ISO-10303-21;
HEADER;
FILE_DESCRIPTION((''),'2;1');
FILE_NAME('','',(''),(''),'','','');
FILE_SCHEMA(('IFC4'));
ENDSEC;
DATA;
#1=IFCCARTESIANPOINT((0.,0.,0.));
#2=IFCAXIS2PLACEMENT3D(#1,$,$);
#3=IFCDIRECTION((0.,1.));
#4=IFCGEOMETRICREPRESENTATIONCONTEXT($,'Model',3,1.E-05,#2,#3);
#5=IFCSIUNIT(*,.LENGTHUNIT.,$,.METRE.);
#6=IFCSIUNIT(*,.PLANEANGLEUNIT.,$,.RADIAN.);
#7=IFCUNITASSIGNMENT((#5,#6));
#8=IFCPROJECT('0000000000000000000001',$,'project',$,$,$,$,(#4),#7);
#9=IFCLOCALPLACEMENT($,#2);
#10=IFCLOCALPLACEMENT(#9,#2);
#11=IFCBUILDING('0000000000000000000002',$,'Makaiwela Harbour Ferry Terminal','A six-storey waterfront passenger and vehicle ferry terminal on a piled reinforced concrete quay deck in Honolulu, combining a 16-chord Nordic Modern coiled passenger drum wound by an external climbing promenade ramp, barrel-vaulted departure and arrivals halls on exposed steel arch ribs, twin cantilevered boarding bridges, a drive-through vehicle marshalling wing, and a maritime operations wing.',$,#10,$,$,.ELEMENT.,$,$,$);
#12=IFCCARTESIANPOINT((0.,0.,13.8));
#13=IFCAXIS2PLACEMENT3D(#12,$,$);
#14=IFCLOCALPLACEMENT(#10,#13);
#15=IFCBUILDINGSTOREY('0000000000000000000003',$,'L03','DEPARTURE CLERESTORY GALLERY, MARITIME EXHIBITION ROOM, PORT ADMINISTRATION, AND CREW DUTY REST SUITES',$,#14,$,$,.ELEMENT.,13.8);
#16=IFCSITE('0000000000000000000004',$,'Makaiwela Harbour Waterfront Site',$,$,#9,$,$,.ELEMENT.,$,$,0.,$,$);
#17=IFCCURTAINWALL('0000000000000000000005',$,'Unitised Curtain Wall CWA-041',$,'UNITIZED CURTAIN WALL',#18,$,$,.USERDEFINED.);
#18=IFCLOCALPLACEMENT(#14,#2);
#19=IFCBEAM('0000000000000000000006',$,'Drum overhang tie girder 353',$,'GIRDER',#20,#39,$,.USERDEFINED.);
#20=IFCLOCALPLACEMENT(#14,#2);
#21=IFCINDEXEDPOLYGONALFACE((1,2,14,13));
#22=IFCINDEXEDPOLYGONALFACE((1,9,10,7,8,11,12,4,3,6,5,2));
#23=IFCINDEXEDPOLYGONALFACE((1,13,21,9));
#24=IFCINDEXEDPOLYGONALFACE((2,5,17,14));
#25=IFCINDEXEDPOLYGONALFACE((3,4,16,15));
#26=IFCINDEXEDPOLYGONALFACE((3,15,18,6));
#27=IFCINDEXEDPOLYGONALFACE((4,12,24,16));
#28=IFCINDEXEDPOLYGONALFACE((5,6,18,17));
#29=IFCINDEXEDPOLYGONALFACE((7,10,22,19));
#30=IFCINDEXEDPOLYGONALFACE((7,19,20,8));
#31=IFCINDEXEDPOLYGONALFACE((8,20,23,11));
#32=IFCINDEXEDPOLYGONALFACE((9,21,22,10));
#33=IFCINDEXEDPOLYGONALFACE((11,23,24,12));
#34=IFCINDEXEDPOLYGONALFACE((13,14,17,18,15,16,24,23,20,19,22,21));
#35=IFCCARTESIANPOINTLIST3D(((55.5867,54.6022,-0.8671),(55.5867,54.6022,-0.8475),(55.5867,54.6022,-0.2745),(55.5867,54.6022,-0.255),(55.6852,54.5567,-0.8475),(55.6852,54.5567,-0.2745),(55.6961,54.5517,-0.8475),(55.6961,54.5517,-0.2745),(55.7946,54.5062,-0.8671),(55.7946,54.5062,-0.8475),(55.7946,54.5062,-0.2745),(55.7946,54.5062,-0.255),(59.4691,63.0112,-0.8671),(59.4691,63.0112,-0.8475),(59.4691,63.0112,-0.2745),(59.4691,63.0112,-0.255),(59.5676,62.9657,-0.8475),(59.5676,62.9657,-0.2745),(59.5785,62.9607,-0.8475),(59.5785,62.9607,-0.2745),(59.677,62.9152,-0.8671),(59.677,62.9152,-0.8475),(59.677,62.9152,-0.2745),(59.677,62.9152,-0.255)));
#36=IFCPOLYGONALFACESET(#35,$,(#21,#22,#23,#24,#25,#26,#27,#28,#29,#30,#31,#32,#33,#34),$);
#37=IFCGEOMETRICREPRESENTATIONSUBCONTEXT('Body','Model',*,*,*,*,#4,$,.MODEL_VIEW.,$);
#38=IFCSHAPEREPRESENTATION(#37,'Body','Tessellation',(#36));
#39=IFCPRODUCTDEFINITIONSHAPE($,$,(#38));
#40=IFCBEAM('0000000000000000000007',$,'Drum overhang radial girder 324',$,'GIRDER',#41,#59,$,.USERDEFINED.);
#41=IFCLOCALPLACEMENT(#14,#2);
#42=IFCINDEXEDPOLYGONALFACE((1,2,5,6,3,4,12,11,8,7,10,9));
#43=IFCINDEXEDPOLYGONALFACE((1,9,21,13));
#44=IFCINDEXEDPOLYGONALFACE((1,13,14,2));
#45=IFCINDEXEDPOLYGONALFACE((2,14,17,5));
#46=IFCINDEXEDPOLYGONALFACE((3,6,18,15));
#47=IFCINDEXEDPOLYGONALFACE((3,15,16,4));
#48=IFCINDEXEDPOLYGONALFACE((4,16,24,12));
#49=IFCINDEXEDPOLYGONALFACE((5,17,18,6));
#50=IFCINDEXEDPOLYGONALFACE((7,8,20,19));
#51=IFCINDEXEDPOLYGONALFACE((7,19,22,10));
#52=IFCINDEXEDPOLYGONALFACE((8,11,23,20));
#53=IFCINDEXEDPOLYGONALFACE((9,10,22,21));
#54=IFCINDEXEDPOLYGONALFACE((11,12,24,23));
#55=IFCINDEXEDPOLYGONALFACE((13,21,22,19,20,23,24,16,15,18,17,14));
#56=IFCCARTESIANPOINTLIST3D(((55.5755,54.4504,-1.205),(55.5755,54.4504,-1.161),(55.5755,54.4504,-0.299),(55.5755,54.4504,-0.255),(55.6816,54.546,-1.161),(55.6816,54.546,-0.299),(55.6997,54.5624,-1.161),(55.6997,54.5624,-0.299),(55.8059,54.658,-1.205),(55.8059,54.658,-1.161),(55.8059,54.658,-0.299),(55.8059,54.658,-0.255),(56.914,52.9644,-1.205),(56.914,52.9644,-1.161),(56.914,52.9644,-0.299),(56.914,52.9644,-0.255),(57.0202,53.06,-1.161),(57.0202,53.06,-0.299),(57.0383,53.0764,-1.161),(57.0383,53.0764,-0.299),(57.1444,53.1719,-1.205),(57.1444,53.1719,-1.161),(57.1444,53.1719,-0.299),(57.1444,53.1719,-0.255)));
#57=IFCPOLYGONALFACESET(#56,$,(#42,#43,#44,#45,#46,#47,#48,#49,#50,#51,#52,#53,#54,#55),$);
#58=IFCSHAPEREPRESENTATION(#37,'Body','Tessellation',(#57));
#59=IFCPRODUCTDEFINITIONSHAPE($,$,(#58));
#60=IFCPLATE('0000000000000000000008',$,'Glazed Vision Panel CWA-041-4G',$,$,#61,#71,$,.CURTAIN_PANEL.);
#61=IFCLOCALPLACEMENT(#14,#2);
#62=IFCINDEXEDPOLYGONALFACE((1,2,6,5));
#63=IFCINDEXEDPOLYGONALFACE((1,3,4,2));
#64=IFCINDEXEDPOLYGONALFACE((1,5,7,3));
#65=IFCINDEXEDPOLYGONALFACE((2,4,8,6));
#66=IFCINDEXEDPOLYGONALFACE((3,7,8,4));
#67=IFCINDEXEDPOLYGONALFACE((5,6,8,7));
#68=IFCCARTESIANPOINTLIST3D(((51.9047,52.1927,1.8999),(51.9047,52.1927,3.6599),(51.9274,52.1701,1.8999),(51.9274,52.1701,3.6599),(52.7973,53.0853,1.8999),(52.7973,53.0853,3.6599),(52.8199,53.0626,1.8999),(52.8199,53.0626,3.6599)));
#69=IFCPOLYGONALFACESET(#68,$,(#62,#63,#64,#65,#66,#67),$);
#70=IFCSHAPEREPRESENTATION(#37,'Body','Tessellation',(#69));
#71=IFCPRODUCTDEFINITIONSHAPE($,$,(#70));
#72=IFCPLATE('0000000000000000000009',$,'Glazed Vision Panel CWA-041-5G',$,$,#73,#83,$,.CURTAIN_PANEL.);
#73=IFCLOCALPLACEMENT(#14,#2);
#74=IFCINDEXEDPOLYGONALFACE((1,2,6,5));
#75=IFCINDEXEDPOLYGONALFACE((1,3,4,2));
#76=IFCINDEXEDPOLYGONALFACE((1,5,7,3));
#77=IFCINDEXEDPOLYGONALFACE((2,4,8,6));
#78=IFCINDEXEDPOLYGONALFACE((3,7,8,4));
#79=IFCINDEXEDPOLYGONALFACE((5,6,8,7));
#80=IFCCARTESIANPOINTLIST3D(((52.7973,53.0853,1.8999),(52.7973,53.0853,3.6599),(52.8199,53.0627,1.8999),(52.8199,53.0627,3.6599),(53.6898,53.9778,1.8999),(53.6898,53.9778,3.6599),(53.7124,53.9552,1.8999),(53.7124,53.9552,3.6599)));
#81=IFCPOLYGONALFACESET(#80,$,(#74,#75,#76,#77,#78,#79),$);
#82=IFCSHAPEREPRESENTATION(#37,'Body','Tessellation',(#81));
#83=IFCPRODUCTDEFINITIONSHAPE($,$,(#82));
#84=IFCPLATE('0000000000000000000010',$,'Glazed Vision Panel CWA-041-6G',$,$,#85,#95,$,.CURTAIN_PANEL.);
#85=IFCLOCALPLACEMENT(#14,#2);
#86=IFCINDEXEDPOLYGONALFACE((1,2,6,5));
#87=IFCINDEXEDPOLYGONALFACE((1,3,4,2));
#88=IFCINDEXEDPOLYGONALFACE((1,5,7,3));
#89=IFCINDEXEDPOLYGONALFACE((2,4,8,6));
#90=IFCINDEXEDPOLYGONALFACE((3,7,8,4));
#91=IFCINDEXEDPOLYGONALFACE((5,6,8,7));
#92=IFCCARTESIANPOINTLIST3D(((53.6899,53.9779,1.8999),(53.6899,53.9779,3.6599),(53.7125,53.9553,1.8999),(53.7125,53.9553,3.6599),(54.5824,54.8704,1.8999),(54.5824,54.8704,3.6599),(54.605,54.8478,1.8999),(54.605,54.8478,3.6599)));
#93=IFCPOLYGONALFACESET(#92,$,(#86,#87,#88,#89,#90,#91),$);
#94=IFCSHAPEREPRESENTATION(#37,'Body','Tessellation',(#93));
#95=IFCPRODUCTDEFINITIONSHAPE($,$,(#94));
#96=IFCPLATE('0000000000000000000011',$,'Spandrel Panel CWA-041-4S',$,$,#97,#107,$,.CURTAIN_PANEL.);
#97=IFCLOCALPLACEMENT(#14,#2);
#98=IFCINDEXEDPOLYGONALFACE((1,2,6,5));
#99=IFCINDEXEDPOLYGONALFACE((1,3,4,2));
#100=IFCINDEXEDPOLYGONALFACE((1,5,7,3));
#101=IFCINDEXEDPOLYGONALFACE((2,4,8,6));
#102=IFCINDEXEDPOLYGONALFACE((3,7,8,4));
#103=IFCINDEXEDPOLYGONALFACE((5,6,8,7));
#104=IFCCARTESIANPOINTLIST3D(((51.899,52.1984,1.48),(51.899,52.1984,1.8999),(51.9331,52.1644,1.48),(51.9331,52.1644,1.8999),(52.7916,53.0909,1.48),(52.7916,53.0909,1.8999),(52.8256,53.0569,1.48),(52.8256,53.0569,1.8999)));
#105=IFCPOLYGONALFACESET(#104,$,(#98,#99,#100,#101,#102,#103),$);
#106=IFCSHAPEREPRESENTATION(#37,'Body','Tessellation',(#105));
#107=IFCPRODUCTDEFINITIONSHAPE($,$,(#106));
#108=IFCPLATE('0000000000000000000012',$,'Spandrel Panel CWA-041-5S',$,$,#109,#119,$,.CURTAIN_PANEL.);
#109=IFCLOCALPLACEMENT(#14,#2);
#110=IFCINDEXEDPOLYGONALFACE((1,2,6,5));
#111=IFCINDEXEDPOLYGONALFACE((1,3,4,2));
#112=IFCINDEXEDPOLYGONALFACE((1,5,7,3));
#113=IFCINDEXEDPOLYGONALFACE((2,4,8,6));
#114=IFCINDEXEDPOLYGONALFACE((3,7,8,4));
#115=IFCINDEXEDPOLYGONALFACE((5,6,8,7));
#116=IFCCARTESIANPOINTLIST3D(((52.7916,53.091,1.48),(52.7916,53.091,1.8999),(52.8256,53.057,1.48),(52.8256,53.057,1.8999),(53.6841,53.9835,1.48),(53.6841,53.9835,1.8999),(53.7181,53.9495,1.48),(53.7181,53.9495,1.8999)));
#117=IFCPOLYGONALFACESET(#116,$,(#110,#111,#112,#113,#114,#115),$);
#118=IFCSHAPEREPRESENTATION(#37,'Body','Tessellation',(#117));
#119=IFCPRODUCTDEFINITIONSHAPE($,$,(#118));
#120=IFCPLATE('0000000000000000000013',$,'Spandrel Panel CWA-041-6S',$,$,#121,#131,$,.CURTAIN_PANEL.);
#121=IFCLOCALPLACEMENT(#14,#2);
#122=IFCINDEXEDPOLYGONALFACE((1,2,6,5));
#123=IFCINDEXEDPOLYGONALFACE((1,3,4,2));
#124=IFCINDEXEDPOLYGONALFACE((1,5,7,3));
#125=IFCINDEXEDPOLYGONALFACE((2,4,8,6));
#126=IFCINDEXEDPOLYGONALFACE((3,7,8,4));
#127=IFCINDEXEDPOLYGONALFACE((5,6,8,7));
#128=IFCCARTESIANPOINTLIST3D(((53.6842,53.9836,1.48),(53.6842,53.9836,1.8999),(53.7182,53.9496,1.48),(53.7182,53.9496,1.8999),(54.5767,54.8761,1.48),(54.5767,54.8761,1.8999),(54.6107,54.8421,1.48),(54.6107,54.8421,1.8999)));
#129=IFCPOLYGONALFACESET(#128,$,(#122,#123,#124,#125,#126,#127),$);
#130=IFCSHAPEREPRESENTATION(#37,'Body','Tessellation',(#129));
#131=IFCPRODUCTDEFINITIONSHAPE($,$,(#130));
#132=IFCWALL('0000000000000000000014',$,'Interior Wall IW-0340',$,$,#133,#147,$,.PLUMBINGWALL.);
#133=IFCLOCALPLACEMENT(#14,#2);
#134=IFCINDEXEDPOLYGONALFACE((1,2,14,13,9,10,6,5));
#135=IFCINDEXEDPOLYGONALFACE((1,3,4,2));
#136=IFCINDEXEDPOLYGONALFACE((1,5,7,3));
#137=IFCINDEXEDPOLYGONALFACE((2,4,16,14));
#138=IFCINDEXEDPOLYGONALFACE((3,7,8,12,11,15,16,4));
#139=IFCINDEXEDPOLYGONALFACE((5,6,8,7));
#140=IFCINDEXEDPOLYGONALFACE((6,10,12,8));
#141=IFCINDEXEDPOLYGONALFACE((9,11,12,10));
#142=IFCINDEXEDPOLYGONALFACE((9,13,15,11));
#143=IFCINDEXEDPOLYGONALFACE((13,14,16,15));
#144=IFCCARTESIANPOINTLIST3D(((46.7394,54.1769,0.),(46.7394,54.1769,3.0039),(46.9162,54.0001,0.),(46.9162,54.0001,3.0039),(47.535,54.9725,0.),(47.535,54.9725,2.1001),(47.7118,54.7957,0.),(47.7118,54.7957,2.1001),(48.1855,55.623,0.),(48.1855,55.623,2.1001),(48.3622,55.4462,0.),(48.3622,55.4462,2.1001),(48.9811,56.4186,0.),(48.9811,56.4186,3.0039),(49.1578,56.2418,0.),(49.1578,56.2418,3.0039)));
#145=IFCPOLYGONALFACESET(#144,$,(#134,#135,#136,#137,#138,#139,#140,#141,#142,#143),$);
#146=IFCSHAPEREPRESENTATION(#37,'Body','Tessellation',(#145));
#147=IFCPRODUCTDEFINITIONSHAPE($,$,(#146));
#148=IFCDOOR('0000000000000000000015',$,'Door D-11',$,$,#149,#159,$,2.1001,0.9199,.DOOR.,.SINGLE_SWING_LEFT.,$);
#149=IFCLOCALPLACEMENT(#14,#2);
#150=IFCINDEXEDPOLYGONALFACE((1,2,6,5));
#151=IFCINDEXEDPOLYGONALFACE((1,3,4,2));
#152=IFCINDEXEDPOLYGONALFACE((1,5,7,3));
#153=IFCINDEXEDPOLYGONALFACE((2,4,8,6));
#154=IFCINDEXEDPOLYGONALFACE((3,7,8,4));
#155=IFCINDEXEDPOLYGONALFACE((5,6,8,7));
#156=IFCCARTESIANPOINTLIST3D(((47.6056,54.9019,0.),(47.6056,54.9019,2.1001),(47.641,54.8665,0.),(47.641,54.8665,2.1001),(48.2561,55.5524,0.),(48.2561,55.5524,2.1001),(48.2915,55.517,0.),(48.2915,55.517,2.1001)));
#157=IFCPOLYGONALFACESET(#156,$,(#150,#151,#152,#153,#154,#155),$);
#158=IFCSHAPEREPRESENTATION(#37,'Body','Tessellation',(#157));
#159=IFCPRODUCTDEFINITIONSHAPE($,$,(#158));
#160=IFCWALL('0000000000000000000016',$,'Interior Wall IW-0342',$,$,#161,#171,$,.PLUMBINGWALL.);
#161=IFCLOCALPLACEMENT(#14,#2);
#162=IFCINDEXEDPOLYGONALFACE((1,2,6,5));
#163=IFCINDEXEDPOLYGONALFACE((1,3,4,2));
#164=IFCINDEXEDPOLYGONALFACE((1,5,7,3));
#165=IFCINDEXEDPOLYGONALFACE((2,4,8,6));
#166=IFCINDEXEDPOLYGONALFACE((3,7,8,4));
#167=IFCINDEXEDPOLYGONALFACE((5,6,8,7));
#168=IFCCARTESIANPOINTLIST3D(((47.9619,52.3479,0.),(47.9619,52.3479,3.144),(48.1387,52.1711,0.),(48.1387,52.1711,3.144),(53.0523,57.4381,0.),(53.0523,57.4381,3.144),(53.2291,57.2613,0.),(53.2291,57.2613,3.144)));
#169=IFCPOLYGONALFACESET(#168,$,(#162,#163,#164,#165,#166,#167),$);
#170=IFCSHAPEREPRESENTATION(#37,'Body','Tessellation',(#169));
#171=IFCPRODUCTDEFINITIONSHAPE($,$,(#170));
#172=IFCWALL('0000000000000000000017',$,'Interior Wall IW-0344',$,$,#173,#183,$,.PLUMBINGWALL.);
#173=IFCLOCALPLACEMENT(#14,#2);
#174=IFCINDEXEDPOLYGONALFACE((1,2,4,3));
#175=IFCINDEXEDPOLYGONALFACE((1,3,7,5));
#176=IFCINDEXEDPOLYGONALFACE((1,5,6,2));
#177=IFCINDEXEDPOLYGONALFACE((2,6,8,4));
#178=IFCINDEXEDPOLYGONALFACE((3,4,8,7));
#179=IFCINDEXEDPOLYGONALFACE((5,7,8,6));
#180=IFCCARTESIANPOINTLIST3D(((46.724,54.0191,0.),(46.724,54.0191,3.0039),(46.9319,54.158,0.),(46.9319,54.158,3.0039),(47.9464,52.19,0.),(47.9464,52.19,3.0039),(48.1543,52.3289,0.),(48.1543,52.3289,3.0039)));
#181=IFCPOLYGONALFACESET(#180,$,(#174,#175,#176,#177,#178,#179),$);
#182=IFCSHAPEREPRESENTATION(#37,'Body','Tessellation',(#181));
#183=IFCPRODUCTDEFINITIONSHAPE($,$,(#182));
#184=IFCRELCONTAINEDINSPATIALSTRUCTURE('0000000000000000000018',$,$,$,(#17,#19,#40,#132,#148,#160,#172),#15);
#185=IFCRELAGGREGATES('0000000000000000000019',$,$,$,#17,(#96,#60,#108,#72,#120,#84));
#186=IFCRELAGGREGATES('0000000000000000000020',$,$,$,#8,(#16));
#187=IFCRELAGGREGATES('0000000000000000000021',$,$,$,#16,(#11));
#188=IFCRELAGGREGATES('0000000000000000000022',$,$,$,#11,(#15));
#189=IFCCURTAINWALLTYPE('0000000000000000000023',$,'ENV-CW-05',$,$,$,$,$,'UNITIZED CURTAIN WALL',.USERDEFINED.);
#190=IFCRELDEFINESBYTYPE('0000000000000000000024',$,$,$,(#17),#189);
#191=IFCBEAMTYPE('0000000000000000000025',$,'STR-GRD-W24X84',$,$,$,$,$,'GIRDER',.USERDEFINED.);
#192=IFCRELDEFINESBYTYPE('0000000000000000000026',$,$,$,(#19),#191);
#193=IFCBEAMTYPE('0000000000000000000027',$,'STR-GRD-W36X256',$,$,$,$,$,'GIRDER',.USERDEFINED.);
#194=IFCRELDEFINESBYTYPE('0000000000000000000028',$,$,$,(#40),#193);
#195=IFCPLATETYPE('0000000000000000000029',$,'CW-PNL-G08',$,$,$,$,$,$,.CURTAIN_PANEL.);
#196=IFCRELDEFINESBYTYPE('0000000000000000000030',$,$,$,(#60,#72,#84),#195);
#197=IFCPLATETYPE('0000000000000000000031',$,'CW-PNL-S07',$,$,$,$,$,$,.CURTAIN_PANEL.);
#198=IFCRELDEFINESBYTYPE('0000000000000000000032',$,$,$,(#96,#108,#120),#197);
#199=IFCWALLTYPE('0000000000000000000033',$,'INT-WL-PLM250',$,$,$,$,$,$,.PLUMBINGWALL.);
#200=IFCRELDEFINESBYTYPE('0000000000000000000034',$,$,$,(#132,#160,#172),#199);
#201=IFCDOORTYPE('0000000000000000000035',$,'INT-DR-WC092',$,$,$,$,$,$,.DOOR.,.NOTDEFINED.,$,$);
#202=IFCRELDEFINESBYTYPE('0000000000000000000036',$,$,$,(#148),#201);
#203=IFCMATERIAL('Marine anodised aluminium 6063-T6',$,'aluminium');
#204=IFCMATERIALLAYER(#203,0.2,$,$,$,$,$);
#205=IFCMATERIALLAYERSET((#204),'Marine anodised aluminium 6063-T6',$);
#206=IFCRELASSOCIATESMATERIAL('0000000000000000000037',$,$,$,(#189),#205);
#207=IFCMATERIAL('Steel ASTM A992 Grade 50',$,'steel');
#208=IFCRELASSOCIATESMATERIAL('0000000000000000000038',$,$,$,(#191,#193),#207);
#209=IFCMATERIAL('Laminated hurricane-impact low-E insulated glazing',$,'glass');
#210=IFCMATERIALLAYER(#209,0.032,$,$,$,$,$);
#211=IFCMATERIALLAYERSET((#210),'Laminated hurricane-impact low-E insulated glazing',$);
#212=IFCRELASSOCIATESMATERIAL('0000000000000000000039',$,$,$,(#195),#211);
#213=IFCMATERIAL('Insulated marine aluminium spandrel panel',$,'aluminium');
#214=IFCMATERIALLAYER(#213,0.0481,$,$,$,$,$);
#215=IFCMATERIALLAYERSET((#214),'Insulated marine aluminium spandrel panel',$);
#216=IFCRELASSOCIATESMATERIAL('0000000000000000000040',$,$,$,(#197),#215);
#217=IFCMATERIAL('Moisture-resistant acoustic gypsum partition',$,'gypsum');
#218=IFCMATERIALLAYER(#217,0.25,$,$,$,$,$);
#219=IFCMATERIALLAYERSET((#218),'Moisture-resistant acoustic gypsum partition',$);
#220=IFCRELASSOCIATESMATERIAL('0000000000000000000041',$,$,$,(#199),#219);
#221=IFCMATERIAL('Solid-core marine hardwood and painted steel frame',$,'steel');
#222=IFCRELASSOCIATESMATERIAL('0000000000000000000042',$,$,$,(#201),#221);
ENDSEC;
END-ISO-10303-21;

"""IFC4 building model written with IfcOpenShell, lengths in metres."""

from ifc_helpers import new_model, si_unit, direction, frame, frame_2d, origin, origin_2d, place, context, subcontext, project, spatial, rectangle, i_section, extrude, material, layer, layer_set, material_profile, profile_set, type_object, element, fill, aggregate, save


model = new_model("IFC4")

# Units and contexts
model_context = context("Model", 3, precision=1e-05, world=origin(), true_north=direction((0.0, 1.0)))
body_context = subcontext(model_context, "Body", "Model", "MODEL_VIEW")
ifc_project = project(units=[si_unit("LENGTHUNIT", "METRE"), si_unit("PLANEANGLEUNIT", "RADIAN")], contexts=[model_context])

# Site, building, storey
site_placement = place(None, origin())
site = spatial("IfcSite", under=ifc_project, at=site_placement, Name="Makaiwela Harbour Waterfront Site", CompositionType="ELEMENT", RefElevation=0.0)
building_placement = place(site_placement, origin())
building = spatial("IfcBuilding", under=site, at=building_placement, Name="Makaiwela Harbour Ferry Terminal", Description="A six-storey waterfront passenger and vehicle ferry terminal on a piled reinforced concrete quay deck in Honolulu, combining a 16-chord Nordic Modern coiled passenger drum wound by an external climbing promenade ramp, barrel-vaulted departure and arrivals halls on exposed steel arch ribs, twin cantilevered boarding bridges, a drive-through vehicle marshalling wing, and a maritime operations wing.", CompositionType="ELEMENT")
storey_placement = place(building_placement, frame((0.0, 0.0, 13.8)))
storey = spatial("IfcBuildingStorey", under=building, at=storey_placement, Name="L03", Description="DEPARTURE CLERESTORY GALLERY, MARITIME EXHIBITION ROOM, PORT ADMINISTRATION, AND CREW DUTY REST SUITES", CompositionType="ELEMENT", Elevation=13.8)

# Curtain wall
ifc_material_1 = material(Name="Marine anodised aluminium 6063-T6", Category="aluminium")
ifc_layer_1 = layer(ifc_material_1, 0.2)
ifc_layer_set_1 = layer_set([ifc_layer_1], Name="Marine anodised aluminium 6063-T6")
curtain_wall_type = type_object("IfcCurtainWallType", Name="ENV-CW-05", ElementType="UNITIZED CURTAIN WALL", PredefinedType="USERDEFINED", material=ifc_layer_set_1)
curtain_wall_placement = place(storey_placement, origin())
curtain_wall = element("IfcCurtainWall", 1, at=curtain_wall_placement, inside=storey, type_object=curtain_wall_type, Name="Unitised Curtain Wall CWA-041", ObjectType="UNITIZED CURTAIN WALL", PredefinedType="USERDEFINED")

# Beams
ifc_material_2 = material(Name="Steel ASTM A992 Grade 50", Category="steel")
ifc_material_profile_1 = material_profile(ifc_material_2, i_section(OverallWidth=0.229, OverallDepth=0.6121, WebThickness=0.012, FlangeThickness=0.0195, at=origin_2d()), Name="W24X84")
ifc_profile_set_1 = profile_set([ifc_material_profile_1], Name="Steel ASTM A992 Grade 50")
beam_type_1 = type_object("IfcBeamType", Name="STR-GRD-W24X84", ElementType="GIRDER", PredefinedType="USERDEFINED", material=ifc_profile_set_1)
beam_1_placement = place(storey_placement, frame((55.6907, 54.5542, -0.561), z_axis=(0.419172, 0.907907, 0.0), x_axis=(-0.907907, 0.419172, 0.0)))
element("IfcBeam", 2, at=beam_1_placement, inside=storey, type_object=beam_type_1, Name="Drum overhang tie girder 353", ObjectType="GIRDER", PredefinedType="USERDEFINED", context=body_context, shape_type="SweptSolid", body=[
    extrude(i_section(OverallWidth=0.229, OverallDepth=0.6121, WebThickness=0.012, FlangeThickness=0.0195, at=origin_2d()), origin(), (0.0, 0.0, 1.0), 9.262),
])
ifc_material_profile_2 = material_profile(ifc_material_2, i_section(OverallWidth=0.3101, OverallDepth=0.95, WebThickness=0.0244, FlangeThickness=0.0439, at=origin_2d()), Name="W36X256")
ifc_profile_set_2 = profile_set([ifc_material_profile_2], Name="Steel ASTM A992 Grade 50")
beam_type_2 = type_object("IfcBeamType", Name="STR-GRD-W36X256", ElementType="GIRDER", PredefinedType="USERDEFINED", material=ifc_profile_set_2)
beam_2_placement = place(storey_placement, frame((55.6907, 54.5542, -0.73), z_axis=(0.669282, -0.743009, 0.0), x_axis=(0.743009, 0.669282, 0.0)))
element("IfcBeam", 3, at=beam_2_placement, inside=storey, type_object=beam_type_2, Name="Drum overhang radial girder 324", ObjectType="GIRDER", PredefinedType="USERDEFINED", context=body_context, shape_type="SweptSolid", body=[
    extrude(i_section(OverallWidth=0.3101, OverallDepth=0.95, WebThickness=0.0244, FlangeThickness=0.0439, at=origin_2d()), origin(), (0.0, 0.0, 1.0), 2.0),
])

# Plates
ifc_material_3 = material(Name="Laminated hurricane-impact low-E insulated glazing", Category="glass")
ifc_layer_2 = layer(ifc_material_3, 0.032)
ifc_layer_set_2 = layer_set([ifc_layer_2], Name="Laminated hurricane-impact low-E insulated glazing")
plate_type_1 = type_object("IfcPlateType", Name="CW-PNL-G08", PredefinedType="CURTAIN_PANEL", material=ifc_layer_set_2)
plate_1_placement = place(storey_placement, frame((52.3623, 52.6277, 1.8999), z_axis=(0.0, 0.0, 1.0), x_axis=(0.707107, 0.707107, 0.0)))
plate_1 = element("IfcPlate", 4, at=plate_1_placement, type_object=plate_type_1, Name="Glazed Vision Panel CWA-041-4G", PredefinedType="CURTAIN_PANEL", context=body_context, shape_type="SweptSolid", body=[
    extrude(rectangle(XDim=1.2622, YDim=0.032, at=origin_2d()), origin(), (0.0, 0.0, 1.0), 1.76),
])
plate_2_placement = place(storey_placement, frame((53.2549, 53.5203, 1.8999), z_axis=(0.0, 0.0, 1.0), x_axis=(0.707107, 0.707107, 0.0)))
plate_2 = element("IfcPlate", 5, at=plate_2_placement, type_object=plate_type_1, Name="Glazed Vision Panel CWA-041-5G", PredefinedType="CURTAIN_PANEL", context=body_context, shape_type="SweptSolid", body=[
    extrude(rectangle(XDim=1.2622, YDim=0.032, at=origin_2d()), origin(), (0.0, 0.0, 1.0), 1.76),
])
plate_3_placement = place(storey_placement, frame((54.1475, 54.4128, 1.8999), z_axis=(0.0, 0.0, 1.0), x_axis=(0.707107, 0.707107, 0.0)))
plate_3 = element("IfcPlate", 6, at=plate_3_placement, type_object=plate_type_1, Name="Glazed Vision Panel CWA-041-6G", PredefinedType="CURTAIN_PANEL", context=body_context, shape_type="SweptSolid", body=[
    extrude(rectangle(XDim=1.2622, YDim=0.032, at=origin_2d()), origin(), (0.0, 0.0, 1.0), 1.76),
])
ifc_material_4 = material(Name="Insulated marine aluminium spandrel panel", Category="aluminium")
ifc_layer_3 = layer(ifc_material_4, 0.0481)
ifc_layer_set_3 = layer_set([ifc_layer_3], Name="Insulated marine aluminium spandrel panel")
plate_type_2 = type_object("IfcPlateType", Name="CW-PNL-S07", PredefinedType="CURTAIN_PANEL", material=ifc_layer_set_3)
plate_4_placement = place(storey_placement, frame((52.3623, 52.6277, 1.48), z_axis=(0.0, 0.0, 1.0), x_axis=(0.707107, 0.707107, 0.0)))
plate_4 = element("IfcPlate", 7, at=plate_4_placement, type_object=plate_type_2, Name="Spandrel Panel CWA-041-4S", PredefinedType="CURTAIN_PANEL", context=body_context, shape_type="SweptSolid", body=[
    extrude(rectangle(XDim=1.2622, YDim=0.0481, at=origin_2d()), origin(), (0.0, 0.0, 1.0), 0.4199),
])
plate_5_placement = place(storey_placement, frame((53.2549, 53.5203, 1.48), z_axis=(0.0, 0.0, 1.0), x_axis=(0.707107, 0.707107, 0.0)))
plate_5 = element("IfcPlate", 8, at=plate_5_placement, type_object=plate_type_2, Name="Spandrel Panel CWA-041-5S", PredefinedType="CURTAIN_PANEL", context=body_context, shape_type="SweptSolid", body=[
    extrude(rectangle(XDim=1.2622, YDim=0.0481, at=origin_2d()), origin(), (0.0, 0.0, 1.0), 0.4199),
])
plate_6_placement = place(storey_placement, frame((54.1475, 54.4128, 1.48), z_axis=(0.0, 0.0, 1.0), x_axis=(0.707107, 0.707107, 0.0)))
plate_6 = element("IfcPlate", 9, at=plate_6_placement, type_object=plate_type_2, Name="Spandrel Panel CWA-041-6S", PredefinedType="CURTAIN_PANEL", context=body_context, shape_type="SweptSolid", body=[
    extrude(rectangle(XDim=1.2622, YDim=0.0481, at=origin_2d()), origin(), (0.0, 0.0, 1.0), 0.4199),
])
aggregate(curtain_wall, [plate_4, plate_1, plate_5, plate_2, plate_6, plate_3])

# Wall, opening, door
ifc_material_5 = material(Name="Moisture-resistant acoustic gypsum partition", Category="gypsum")
ifc_layer_4 = layer(ifc_material_5, 0.25)
ifc_layer_set_4 = layer_set([ifc_layer_4], Name="Moisture-resistant acoustic gypsum partition")
wall_type = type_object("IfcWallType", Name="INT-WL-PLM250", PredefinedType="PLUMBINGWALL", material=ifc_layer_set_4)
wall_1_placement = place(storey_placement, frame((46.8279, 54.0886, 0.0), z_axis=(0.0, 0.0, 1.0), x_axis=(0.707107, 0.707107, 0.0)))
wall_1 = element("IfcWall", 10, at=wall_1_placement, inside=storey, type_object=wall_type, Name="Interior Wall IW-0340", PredefinedType="PLUMBINGWALL", context=body_context, shape_type="SweptSolid", body=[
    extrude(rectangle(XDim=3.1702, YDim=0.25, at=frame_2d((1.585, 0.0))), origin(), (0.0, 0.0, 1.0), 3.0039),
])
opening_placement = place(wall_1_placement, frame((1.125, 0.0, 0.0)))
opening = element("IfcOpeningElement", 11, at=opening_placement, cuts=wall_1, PredefinedType="OPENING", context=body_context, shape_type="SweptSolid", body=[
    extrude(rectangle(XDim=0.9199, YDim=2.1001, at=frame_2d((0.46, 1.05))), frame((0.0, 0.135, 0.0), z_axis=(0.0, -1.0, 0.0), x_axis=(1.0, 0.0, 0.0)), (0.0, 0.0, 1.0), 0.27),
])
ifc_material_6 = material(Name="Solid-core marine hardwood and painted steel frame", Category="steel")
door_type = type_object("IfcDoorType", Name="INT-DR-WC092", OperationType="NOTDEFINED", PredefinedType="DOOR", material=ifc_material_6)
door_placement = place(opening_placement, frame((0.9199, 0.0, 0.0), z_axis=(0.0, 0.0, 1.0), x_axis=(-1.0, 0.0, 0.0)))
door = element("IfcDoor", 12, at=door_placement, inside=storey, type_object=door_type, Name="Door D-11", OperationType="SINGLE_SWING_LEFT", OverallHeight=2.1001, OverallWidth=0.9199, PredefinedType="DOOR", context=body_context, shape_type="SweptSolid", body=[
    extrude(rectangle(XDim=0.9199, YDim=2.1001, at=frame_2d((0.46, 1.05))), frame((0.0, 0.0249, 0.0), z_axis=(0.0, -1.0, 0.0), x_axis=(1.0, 0.0, 0.0)), (0.0, 0.0, 1.0), 0.05),
])
fill(opening, door)

# Walls
wall_2_placement = place(storey_placement, frame((48.0503, 52.2595, 0.0), z_axis=(0.0, 0.0, 1.0), x_axis=(0.707124, 0.70709, 0.0)))
element("IfcWall", 13, at=wall_2_placement, inside=storey, type_object=wall_type, Name="Interior Wall IW-0342", PredefinedType="PLUMBINGWALL", context=body_context, shape_type="SweptSolid", body=[
    extrude(rectangle(XDim=7.1987, YDim=0.25, at=frame_2d((3.5994, 0.0))), origin(), (0.0, 0.0, 1.0), 3.144),
])
wall_3_placement = place(storey_placement, frame((46.8279, 54.0886, 0.0), z_axis=(0.0, 0.0, 1.0), x_axis=(0.555647, -0.831418, 0.0)))
element("IfcWall", 14, at=wall_3_placement, inside=storey, type_object=wall_type, Name="Interior Wall IW-0344", PredefinedType="PLUMBINGWALL", context=body_context, shape_type="SweptSolid", body=[
    extrude(rectangle(XDim=2.2, YDim=0.25, at=frame_2d((1.1001, 0.0))), origin(), (0.0, 0.0, 1.0), 3.0039),
])

save(model, "model.ifc")
